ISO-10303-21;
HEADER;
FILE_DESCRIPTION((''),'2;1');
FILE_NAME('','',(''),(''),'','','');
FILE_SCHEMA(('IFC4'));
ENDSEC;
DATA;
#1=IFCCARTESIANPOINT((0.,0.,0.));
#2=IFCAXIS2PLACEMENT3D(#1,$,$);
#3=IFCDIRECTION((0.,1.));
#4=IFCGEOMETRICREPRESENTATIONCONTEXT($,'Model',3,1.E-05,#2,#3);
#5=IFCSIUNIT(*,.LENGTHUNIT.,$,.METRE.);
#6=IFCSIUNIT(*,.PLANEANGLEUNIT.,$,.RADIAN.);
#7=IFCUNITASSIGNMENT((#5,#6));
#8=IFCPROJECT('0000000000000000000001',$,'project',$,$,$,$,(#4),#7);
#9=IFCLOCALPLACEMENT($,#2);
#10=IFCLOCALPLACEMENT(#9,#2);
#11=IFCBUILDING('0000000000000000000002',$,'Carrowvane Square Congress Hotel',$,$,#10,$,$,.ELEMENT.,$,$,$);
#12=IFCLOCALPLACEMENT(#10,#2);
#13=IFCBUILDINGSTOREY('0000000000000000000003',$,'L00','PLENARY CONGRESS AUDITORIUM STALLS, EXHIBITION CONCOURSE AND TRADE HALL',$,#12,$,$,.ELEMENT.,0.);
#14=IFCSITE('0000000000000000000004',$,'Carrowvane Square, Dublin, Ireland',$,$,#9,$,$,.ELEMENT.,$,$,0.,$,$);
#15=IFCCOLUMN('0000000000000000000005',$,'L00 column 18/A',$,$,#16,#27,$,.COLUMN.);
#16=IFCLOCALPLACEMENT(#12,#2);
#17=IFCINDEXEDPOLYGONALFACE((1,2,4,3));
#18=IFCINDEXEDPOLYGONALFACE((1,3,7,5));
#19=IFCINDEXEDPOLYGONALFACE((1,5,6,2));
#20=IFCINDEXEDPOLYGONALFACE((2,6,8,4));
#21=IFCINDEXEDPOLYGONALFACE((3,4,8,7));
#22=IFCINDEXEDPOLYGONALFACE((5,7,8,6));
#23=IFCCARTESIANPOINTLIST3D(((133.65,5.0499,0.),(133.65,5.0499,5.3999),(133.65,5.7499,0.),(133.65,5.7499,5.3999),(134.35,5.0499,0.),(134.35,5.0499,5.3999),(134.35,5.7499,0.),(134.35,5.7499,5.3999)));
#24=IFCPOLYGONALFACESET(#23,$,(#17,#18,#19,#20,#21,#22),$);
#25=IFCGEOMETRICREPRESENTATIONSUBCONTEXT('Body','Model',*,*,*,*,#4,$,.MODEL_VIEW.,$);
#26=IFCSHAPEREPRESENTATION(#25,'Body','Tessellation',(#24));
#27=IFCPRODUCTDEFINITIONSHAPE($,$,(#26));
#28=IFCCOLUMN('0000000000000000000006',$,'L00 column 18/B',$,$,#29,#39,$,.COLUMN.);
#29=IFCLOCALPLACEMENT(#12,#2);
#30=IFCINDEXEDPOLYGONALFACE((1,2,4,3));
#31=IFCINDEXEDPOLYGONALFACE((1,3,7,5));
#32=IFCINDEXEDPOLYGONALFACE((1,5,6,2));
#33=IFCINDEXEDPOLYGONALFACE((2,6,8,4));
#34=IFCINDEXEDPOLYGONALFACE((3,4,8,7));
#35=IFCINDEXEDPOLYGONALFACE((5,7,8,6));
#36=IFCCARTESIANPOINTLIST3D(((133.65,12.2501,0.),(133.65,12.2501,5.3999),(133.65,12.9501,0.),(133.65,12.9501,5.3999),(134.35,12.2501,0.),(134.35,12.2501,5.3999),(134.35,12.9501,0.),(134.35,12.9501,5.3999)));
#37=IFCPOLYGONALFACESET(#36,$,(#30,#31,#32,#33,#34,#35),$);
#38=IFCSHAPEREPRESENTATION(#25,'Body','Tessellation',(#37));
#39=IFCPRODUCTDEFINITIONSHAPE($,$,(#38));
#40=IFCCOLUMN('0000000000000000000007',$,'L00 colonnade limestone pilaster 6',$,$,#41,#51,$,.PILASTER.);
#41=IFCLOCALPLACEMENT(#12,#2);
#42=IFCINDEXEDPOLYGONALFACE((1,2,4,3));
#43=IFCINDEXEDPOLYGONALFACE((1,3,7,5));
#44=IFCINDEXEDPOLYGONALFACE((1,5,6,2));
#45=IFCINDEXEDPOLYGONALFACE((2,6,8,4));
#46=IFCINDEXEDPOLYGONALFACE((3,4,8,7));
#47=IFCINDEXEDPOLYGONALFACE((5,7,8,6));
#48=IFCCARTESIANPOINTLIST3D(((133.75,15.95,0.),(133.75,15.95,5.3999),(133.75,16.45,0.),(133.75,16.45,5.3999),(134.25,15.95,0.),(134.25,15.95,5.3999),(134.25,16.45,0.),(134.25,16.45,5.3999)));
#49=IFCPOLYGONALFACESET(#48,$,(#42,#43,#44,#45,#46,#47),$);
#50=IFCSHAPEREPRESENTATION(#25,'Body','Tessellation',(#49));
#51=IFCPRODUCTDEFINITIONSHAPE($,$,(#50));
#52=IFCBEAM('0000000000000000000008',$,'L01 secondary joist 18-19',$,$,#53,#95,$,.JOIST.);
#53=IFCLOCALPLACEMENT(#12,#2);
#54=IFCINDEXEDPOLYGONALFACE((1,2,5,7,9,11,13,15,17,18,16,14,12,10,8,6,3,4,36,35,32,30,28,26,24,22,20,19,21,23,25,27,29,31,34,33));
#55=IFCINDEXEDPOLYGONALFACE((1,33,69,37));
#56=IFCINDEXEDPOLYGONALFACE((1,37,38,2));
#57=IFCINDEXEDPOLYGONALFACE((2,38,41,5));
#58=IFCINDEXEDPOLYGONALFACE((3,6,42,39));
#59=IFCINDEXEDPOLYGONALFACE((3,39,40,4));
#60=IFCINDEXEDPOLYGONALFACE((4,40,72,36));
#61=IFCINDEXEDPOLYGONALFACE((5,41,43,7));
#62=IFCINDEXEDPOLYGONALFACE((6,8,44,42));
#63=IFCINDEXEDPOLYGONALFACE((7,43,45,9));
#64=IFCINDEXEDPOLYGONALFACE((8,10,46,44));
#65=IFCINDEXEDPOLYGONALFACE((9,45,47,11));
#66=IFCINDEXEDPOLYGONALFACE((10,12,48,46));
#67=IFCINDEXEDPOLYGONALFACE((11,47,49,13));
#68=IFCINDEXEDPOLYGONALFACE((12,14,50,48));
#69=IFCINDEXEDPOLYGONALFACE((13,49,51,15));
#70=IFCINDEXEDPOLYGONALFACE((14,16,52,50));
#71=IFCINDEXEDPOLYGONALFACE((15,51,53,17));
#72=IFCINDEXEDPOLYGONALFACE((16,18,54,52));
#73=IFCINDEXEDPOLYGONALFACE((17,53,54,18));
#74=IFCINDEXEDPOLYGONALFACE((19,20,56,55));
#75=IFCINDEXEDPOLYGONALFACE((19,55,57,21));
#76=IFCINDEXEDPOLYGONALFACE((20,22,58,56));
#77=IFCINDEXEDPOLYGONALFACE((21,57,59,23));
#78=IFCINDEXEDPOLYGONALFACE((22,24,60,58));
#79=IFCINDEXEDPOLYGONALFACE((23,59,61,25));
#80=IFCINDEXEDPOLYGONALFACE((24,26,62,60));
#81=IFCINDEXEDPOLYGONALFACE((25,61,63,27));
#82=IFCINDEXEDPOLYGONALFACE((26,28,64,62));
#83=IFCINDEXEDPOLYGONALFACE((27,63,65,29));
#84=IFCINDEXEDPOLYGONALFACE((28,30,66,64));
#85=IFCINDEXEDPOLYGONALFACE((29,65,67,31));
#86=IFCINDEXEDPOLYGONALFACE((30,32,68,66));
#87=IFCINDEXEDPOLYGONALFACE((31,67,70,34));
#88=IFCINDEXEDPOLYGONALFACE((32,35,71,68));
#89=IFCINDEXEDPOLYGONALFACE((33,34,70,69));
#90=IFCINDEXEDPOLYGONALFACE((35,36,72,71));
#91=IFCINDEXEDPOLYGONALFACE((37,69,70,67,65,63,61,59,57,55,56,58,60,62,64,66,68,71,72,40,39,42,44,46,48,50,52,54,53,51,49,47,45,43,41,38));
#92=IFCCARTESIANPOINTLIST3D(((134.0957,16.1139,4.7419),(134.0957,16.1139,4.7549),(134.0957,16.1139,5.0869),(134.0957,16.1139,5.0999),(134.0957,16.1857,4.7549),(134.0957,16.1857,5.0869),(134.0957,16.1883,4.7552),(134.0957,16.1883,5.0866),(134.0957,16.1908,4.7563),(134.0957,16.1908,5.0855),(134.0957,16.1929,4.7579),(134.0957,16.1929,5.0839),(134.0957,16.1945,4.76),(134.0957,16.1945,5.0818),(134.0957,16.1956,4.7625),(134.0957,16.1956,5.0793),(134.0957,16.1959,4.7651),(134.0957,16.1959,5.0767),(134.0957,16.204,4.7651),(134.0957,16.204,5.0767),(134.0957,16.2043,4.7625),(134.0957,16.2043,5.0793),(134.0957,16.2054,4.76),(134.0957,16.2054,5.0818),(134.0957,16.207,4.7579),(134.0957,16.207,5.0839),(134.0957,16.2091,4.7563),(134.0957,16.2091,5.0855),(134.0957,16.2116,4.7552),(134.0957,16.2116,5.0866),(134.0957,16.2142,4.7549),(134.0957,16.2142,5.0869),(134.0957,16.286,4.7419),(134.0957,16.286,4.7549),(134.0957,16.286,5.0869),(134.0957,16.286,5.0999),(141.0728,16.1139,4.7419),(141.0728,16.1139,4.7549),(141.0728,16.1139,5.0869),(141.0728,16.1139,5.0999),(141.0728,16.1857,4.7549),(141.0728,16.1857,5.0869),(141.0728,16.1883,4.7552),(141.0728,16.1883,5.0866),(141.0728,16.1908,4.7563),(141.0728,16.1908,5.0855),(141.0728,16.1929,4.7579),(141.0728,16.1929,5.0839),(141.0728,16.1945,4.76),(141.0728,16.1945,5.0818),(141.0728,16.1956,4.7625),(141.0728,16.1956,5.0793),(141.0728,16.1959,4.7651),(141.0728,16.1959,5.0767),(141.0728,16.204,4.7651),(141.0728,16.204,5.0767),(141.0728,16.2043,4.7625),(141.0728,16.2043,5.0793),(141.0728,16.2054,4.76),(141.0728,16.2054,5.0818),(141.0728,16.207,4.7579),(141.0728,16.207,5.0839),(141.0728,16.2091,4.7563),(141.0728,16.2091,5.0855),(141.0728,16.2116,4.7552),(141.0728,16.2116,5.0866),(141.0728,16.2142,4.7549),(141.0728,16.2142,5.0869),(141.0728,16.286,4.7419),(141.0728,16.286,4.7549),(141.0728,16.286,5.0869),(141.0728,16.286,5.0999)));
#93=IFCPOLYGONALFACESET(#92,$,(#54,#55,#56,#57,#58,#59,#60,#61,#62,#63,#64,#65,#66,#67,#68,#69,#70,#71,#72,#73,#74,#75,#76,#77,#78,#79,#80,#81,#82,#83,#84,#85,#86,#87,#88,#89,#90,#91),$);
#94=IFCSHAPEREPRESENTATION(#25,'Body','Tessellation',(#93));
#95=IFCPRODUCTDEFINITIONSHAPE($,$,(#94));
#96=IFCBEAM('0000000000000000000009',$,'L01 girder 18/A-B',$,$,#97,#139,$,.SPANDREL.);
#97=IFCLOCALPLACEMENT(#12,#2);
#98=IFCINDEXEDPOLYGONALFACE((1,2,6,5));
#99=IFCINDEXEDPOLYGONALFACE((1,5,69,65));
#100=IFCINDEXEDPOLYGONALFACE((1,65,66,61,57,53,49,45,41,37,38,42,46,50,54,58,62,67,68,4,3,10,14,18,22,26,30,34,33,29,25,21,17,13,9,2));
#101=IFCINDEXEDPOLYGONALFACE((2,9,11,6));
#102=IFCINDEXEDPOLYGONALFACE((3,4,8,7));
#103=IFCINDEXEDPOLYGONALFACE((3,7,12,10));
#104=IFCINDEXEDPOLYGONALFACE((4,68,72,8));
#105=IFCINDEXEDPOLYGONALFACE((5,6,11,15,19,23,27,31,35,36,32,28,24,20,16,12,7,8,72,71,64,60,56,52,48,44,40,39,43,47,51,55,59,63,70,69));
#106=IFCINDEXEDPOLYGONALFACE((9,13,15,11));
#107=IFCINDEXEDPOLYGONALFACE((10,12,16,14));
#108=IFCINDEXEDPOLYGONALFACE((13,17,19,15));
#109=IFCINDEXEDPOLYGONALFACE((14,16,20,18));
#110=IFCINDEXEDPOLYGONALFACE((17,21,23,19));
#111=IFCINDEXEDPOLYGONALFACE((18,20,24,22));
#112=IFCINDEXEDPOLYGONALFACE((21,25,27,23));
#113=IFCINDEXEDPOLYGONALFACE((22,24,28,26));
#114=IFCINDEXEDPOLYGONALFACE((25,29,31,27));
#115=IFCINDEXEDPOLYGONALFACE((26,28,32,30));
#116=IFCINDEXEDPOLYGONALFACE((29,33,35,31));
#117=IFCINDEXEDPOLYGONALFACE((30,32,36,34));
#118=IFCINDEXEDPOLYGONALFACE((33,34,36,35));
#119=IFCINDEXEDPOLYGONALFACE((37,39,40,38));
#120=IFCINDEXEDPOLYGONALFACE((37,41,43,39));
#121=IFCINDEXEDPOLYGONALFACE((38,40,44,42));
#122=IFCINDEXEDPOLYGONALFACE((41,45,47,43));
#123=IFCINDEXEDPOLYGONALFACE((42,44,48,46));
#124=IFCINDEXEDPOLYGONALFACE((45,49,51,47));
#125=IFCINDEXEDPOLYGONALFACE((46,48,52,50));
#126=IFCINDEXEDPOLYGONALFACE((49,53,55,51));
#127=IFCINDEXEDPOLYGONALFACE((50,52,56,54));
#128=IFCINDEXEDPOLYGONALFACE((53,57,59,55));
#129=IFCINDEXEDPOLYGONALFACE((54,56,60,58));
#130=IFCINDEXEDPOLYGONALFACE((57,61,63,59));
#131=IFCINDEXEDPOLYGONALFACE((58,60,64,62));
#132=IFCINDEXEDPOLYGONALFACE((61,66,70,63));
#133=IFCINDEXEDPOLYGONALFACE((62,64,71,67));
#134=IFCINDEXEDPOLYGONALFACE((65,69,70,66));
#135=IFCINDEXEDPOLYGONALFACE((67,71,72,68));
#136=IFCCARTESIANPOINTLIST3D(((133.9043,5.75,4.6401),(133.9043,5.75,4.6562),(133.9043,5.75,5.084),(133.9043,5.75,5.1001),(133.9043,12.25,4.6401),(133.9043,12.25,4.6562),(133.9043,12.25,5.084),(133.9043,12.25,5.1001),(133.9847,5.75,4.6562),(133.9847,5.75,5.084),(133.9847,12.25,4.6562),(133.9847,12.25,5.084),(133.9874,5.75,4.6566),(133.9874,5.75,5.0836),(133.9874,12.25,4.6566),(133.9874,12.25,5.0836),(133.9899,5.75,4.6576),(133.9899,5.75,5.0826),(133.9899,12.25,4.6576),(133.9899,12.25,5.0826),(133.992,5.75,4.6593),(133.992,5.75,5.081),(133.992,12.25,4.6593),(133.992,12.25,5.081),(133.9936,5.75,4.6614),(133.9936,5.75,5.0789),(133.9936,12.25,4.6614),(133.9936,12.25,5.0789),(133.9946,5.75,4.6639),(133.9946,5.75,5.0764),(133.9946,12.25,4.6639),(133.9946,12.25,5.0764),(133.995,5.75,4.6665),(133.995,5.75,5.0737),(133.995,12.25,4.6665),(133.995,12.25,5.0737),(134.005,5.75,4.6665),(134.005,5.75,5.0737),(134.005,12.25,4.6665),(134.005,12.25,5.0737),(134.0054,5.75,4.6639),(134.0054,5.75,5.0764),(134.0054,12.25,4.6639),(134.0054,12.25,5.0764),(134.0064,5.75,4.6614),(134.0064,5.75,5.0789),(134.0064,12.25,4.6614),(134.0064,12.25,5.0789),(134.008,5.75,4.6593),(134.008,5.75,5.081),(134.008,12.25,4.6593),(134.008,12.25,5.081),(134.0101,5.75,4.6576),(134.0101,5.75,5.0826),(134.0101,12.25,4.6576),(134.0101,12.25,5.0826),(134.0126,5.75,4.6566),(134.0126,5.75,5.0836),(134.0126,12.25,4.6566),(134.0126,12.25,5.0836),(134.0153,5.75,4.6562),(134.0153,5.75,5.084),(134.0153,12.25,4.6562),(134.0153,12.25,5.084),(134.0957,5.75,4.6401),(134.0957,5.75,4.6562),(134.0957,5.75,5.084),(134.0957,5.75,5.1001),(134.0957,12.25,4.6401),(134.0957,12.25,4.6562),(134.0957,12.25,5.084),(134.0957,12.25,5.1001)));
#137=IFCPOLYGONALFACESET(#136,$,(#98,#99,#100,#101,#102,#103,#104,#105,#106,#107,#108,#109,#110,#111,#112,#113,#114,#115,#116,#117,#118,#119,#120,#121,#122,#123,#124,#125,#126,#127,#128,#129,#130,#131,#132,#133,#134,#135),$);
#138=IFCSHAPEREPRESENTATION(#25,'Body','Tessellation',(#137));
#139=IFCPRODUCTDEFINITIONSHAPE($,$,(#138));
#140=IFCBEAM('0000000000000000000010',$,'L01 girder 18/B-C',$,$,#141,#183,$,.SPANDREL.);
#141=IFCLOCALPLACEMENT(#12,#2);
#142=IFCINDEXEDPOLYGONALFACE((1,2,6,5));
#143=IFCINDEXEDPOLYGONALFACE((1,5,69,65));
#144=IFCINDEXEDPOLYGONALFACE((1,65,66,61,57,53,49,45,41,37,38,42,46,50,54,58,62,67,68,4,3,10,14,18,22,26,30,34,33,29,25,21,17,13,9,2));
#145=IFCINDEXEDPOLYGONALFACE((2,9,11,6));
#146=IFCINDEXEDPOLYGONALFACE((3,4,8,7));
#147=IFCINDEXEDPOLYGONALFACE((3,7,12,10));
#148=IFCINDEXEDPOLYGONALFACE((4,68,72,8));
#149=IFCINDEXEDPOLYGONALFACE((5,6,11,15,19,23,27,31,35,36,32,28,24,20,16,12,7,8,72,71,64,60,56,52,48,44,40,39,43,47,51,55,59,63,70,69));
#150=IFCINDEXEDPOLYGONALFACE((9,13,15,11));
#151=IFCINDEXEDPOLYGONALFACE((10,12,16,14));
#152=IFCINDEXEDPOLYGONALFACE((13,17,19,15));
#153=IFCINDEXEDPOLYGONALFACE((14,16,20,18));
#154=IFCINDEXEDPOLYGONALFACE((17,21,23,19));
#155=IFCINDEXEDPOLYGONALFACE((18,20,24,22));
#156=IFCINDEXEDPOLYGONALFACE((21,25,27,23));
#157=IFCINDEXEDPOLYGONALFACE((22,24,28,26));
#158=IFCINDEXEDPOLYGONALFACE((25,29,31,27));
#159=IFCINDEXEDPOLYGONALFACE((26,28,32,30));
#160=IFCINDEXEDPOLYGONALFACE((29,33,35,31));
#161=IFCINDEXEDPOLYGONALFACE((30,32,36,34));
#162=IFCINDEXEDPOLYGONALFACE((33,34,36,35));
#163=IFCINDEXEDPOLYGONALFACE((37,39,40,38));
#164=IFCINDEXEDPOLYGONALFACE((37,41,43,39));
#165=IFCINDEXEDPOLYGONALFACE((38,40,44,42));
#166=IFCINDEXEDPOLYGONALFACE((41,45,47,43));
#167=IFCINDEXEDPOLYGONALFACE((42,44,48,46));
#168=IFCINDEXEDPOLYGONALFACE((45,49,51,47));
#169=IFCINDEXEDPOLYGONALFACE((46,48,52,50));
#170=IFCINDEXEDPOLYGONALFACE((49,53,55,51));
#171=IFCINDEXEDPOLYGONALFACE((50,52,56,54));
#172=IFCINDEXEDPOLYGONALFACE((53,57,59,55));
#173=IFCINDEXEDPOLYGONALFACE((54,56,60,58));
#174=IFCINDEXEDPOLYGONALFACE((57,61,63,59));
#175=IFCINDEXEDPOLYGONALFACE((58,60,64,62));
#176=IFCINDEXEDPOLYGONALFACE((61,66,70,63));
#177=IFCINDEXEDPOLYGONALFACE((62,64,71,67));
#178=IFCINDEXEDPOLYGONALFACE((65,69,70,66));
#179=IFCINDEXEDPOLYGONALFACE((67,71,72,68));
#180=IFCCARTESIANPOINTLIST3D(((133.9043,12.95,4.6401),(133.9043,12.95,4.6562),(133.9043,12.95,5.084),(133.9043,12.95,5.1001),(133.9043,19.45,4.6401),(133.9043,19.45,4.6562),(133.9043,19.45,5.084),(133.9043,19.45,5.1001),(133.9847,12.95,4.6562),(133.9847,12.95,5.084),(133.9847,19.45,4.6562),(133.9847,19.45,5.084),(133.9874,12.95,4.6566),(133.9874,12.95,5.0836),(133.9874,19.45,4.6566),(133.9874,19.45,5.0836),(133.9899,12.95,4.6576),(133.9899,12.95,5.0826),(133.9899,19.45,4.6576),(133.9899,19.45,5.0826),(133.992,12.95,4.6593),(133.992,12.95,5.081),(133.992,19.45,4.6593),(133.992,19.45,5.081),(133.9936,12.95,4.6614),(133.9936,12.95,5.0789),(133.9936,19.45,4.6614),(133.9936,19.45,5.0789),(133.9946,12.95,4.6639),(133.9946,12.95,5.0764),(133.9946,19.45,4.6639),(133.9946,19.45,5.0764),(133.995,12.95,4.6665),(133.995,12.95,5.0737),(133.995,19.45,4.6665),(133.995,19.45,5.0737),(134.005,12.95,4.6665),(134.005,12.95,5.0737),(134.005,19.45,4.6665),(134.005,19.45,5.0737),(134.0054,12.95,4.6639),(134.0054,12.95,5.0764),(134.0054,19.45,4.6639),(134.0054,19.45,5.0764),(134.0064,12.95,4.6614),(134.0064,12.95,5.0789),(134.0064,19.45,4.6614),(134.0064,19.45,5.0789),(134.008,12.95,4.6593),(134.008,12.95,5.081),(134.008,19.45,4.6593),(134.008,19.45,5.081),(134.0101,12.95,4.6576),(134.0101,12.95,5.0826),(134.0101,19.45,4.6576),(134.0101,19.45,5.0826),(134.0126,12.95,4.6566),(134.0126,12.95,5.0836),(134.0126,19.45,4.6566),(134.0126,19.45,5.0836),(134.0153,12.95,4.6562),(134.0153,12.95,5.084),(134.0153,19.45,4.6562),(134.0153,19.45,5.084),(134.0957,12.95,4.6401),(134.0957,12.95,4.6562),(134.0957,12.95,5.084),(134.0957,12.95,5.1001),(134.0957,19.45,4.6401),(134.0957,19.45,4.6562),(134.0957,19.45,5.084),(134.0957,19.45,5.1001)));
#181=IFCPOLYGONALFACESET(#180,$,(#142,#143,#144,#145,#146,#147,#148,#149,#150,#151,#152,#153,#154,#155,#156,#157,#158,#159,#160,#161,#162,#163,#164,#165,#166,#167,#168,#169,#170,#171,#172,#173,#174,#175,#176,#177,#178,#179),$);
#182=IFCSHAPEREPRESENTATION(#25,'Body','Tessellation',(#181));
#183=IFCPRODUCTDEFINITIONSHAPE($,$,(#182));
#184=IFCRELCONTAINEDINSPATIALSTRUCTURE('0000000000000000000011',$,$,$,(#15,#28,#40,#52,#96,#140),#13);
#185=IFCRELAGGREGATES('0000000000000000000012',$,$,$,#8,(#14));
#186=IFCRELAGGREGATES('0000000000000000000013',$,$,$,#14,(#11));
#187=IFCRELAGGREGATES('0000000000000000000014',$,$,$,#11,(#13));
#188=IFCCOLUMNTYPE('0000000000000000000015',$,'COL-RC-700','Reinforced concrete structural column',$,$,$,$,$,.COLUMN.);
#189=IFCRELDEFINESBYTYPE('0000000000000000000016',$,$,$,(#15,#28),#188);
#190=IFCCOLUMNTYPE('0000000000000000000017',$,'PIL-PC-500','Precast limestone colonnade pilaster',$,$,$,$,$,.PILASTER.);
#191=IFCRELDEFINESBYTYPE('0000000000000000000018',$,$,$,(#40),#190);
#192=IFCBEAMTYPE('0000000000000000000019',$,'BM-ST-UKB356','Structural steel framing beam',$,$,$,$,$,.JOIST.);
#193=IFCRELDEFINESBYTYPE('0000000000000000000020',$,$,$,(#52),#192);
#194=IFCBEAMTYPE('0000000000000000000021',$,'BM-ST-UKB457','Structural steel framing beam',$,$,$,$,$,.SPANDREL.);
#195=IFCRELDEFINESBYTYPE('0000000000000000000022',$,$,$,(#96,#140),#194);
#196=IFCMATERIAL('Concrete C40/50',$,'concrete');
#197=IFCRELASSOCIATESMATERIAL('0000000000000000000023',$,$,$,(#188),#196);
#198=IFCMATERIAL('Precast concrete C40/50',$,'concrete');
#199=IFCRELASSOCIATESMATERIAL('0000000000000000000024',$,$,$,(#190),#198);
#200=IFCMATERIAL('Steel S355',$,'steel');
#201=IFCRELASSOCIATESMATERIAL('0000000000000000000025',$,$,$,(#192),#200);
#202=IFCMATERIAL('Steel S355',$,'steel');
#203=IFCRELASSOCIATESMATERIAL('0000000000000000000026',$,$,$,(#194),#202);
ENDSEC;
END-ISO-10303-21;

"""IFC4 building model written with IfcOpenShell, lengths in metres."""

from ifc_helpers import new_model, si_unit, direction, frame, origin, origin_2d, place, context, subcontext, project, spatial, rectangle, i_section, extrude, material, material_profile, profile_set, type_object, element, save


model = new_model("IFC4")

# Units and contexts
model_context = context("Model", 3, precision=1e-05, world=origin(), true_north=direction((0.0, 1.0)))
body_context = subcontext(model_context, "Body", "Model", "MODEL_VIEW")
ifc_project = project(units=[si_unit("LENGTHUNIT", "METRE"), si_unit("PLANEANGLEUNIT", "RADIAN")], contexts=[model_context])

# Site, building, storey
site_placement = place(None, origin())
site = spatial("IfcSite", under=ifc_project, at=site_placement, Name="Carrowvane Square, Dublin, Ireland", CompositionType="ELEMENT", RefElevation=0.0)
building_placement = place(site_placement, origin())
building = spatial("IfcBuilding", under=site, at=building_placement, Name="Carrowvane Square Congress Hotel", CompositionType="ELEMENT")
storey_placement = place(building_placement, origin())
storey = spatial("IfcBuildingStorey", under=building, at=storey_placement, Name="L00", Description="PLENARY CONGRESS AUDITORIUM STALLS, EXHIBITION CONCOURSE AND TRADE HALL", CompositionType="ELEMENT", Elevation=0.0)

# Columns
ifc_material_1 = material(Name="Concrete C40/50", Category="concrete")
ifc_material_profile_1 = material_profile(ifc_material_1, rectangle(XDim=0.7, YDim=0.7, at=origin_2d()), Name="RC 700x700")
ifc_profile_set_1 = profile_set([ifc_material_profile_1], Name="Concrete C40/50")
column_type_1 = type_object("IfcColumnType", Name="COL-RC-700", Description="Reinforced concrete structural column", PredefinedType="COLUMN", material=ifc_profile_set_1)
for number, where, z_axis, x_axis, name in (
    (1, (134.0, 5.3999, 0.0), (0.0, 0.0, 1.0), (1.0, 0.0, 0.0), "L00 column 18/A"),
    (2, (134.0, 12.6001, 0.0), (0.0, 0.0, 1.0), (1.0, 0.0, 0.0), "L00 column 18/B"),
):
    element("IfcColumn", number, at=place(storey_placement, frame(where, z_axis=z_axis, x_axis=x_axis)), inside=storey, type_object=column_type_1, Name=name, PredefinedType="COLUMN", context=body_context, shape_type="SweptSolid", body=[
        extrude(rectangle(XDim=0.7, YDim=0.7, at=origin_2d()), origin(), (0.0, 0.0, 1.0), 5.3999),
    ])
ifc_material_2 = material(Name="Precast concrete C40/50", Category="concrete")
ifc_material_profile_2 = material_profile(ifc_material_2, rectangle(XDim=0.5, YDim=0.5, at=origin_2d()), Name="RC 500x500")
ifc_profile_set_2 = profile_set([ifc_material_profile_2], Name="Precast concrete C40/50")
column_type_2 = type_object("IfcColumnType", Name="PIL-PC-500", Description="Precast limestone colonnade pilaster", PredefinedType="PILASTER", material=ifc_profile_set_2)
column_placement = place(storey_placement, frame((134.0, 16.2, 0.0), z_axis=(0.0, 0.0, 1.0), x_axis=(1.0, 0.0, 0.0)))
element("IfcColumn", 3, at=column_placement, inside=storey, type_object=column_type_2, Name="L00 colonnade limestone pilaster 6", PredefinedType="PILASTER", context=body_context, shape_type="SweptSolid", body=[
    extrude(rectangle(XDim=0.5, YDim=0.5, at=origin_2d()), origin(), (0.0, 0.0, 1.0), 5.3999),
])

# Beams
ifc_material_3 = material(Name="Steel S355", Category="steel")
ifc_material_profile_3 = material_profile(ifc_material_3, i_section(OverallWidth=0.1721, OverallDepth=0.3579, WebThickness=0.0081, FlangeThickness=0.0129, FilletRadius=0.0103, at=origin_2d()), Name="UKB 356x171x57")
ifc_profile_set_3 = profile_set([ifc_material_profile_3], Name="Steel S355")
beam_type_1 = type_object("IfcBeamType", Name="BM-ST-UKB356", Description="Structural steel framing beam", PredefinedType="JOIST", material=ifc_profile_set_3)
beam_1_placement = place(storey_placement, frame((134.0957, 16.2, 4.9209), z_axis=(1.0, 0.0, 0.0), x_axis=(0.0, 1.0, 0.0)))
element("IfcBeam", 4, at=beam_1_placement, inside=storey, type_object=beam_type_1, Name="L01 secondary joist 18-19", PredefinedType="JOIST", context=body_context, shape_type="SweptSolid", body=[
    extrude(i_section(OverallWidth=0.1721, OverallDepth=0.3579, WebThickness=0.0081, FlangeThickness=0.0129, FilletRadius=0.0103, at=origin_2d()), origin(), (0.0, 0.0, 1.0), 6.9771),
])
ifc_material_4 = material(Name="Steel S355", Category="steel")
ifc_material_profile_4 = material_profile(ifc_material_4, i_section(OverallWidth=0.1914, OverallDepth=0.46, WebThickness=0.01, FlangeThickness=0.0161, FilletRadius=0.0103, at=origin_2d()), Name="UKB 457x191x82")
ifc_profile_set_4 = profile_set([ifc_material_profile_4], Name="Steel S355")
beam_type_2 = type_object("IfcBeamType", Name="BM-ST-UKB457", Description="Structural steel framing beam", PredefinedType="SPANDREL", material=ifc_profile_set_4)
for number, where, z_axis, x_axis, name in (
    (5, (134.0, 5.75, 4.8701), (0.0, 1.0, 0.0), (-1.0, 0.0, 0.0), "L01 girder 18/A-B"),
    (6, (134.0, 12.95, 4.8701), (0.0, 1.0, 0.0), (-1.0, 0.0, 0.0), "L01 girder 18/B-C"),
):
    element("IfcBeam", number, at=place(storey_placement, frame(where, z_axis=z_axis, x_axis=x_axis)), inside=storey, type_object=beam_type_2, Name=name, PredefinedType="SPANDREL", context=body_context, shape_type="SweptSolid", body=[
        extrude(i_section(OverallWidth=0.1914, OverallDepth=0.46, WebThickness=0.01, FlangeThickness=0.0161, FilletRadius=0.0103, at=origin_2d()), origin(), (0.0, 0.0, 1.0), 6.5),
    ])

save(model, "model.ifc")
